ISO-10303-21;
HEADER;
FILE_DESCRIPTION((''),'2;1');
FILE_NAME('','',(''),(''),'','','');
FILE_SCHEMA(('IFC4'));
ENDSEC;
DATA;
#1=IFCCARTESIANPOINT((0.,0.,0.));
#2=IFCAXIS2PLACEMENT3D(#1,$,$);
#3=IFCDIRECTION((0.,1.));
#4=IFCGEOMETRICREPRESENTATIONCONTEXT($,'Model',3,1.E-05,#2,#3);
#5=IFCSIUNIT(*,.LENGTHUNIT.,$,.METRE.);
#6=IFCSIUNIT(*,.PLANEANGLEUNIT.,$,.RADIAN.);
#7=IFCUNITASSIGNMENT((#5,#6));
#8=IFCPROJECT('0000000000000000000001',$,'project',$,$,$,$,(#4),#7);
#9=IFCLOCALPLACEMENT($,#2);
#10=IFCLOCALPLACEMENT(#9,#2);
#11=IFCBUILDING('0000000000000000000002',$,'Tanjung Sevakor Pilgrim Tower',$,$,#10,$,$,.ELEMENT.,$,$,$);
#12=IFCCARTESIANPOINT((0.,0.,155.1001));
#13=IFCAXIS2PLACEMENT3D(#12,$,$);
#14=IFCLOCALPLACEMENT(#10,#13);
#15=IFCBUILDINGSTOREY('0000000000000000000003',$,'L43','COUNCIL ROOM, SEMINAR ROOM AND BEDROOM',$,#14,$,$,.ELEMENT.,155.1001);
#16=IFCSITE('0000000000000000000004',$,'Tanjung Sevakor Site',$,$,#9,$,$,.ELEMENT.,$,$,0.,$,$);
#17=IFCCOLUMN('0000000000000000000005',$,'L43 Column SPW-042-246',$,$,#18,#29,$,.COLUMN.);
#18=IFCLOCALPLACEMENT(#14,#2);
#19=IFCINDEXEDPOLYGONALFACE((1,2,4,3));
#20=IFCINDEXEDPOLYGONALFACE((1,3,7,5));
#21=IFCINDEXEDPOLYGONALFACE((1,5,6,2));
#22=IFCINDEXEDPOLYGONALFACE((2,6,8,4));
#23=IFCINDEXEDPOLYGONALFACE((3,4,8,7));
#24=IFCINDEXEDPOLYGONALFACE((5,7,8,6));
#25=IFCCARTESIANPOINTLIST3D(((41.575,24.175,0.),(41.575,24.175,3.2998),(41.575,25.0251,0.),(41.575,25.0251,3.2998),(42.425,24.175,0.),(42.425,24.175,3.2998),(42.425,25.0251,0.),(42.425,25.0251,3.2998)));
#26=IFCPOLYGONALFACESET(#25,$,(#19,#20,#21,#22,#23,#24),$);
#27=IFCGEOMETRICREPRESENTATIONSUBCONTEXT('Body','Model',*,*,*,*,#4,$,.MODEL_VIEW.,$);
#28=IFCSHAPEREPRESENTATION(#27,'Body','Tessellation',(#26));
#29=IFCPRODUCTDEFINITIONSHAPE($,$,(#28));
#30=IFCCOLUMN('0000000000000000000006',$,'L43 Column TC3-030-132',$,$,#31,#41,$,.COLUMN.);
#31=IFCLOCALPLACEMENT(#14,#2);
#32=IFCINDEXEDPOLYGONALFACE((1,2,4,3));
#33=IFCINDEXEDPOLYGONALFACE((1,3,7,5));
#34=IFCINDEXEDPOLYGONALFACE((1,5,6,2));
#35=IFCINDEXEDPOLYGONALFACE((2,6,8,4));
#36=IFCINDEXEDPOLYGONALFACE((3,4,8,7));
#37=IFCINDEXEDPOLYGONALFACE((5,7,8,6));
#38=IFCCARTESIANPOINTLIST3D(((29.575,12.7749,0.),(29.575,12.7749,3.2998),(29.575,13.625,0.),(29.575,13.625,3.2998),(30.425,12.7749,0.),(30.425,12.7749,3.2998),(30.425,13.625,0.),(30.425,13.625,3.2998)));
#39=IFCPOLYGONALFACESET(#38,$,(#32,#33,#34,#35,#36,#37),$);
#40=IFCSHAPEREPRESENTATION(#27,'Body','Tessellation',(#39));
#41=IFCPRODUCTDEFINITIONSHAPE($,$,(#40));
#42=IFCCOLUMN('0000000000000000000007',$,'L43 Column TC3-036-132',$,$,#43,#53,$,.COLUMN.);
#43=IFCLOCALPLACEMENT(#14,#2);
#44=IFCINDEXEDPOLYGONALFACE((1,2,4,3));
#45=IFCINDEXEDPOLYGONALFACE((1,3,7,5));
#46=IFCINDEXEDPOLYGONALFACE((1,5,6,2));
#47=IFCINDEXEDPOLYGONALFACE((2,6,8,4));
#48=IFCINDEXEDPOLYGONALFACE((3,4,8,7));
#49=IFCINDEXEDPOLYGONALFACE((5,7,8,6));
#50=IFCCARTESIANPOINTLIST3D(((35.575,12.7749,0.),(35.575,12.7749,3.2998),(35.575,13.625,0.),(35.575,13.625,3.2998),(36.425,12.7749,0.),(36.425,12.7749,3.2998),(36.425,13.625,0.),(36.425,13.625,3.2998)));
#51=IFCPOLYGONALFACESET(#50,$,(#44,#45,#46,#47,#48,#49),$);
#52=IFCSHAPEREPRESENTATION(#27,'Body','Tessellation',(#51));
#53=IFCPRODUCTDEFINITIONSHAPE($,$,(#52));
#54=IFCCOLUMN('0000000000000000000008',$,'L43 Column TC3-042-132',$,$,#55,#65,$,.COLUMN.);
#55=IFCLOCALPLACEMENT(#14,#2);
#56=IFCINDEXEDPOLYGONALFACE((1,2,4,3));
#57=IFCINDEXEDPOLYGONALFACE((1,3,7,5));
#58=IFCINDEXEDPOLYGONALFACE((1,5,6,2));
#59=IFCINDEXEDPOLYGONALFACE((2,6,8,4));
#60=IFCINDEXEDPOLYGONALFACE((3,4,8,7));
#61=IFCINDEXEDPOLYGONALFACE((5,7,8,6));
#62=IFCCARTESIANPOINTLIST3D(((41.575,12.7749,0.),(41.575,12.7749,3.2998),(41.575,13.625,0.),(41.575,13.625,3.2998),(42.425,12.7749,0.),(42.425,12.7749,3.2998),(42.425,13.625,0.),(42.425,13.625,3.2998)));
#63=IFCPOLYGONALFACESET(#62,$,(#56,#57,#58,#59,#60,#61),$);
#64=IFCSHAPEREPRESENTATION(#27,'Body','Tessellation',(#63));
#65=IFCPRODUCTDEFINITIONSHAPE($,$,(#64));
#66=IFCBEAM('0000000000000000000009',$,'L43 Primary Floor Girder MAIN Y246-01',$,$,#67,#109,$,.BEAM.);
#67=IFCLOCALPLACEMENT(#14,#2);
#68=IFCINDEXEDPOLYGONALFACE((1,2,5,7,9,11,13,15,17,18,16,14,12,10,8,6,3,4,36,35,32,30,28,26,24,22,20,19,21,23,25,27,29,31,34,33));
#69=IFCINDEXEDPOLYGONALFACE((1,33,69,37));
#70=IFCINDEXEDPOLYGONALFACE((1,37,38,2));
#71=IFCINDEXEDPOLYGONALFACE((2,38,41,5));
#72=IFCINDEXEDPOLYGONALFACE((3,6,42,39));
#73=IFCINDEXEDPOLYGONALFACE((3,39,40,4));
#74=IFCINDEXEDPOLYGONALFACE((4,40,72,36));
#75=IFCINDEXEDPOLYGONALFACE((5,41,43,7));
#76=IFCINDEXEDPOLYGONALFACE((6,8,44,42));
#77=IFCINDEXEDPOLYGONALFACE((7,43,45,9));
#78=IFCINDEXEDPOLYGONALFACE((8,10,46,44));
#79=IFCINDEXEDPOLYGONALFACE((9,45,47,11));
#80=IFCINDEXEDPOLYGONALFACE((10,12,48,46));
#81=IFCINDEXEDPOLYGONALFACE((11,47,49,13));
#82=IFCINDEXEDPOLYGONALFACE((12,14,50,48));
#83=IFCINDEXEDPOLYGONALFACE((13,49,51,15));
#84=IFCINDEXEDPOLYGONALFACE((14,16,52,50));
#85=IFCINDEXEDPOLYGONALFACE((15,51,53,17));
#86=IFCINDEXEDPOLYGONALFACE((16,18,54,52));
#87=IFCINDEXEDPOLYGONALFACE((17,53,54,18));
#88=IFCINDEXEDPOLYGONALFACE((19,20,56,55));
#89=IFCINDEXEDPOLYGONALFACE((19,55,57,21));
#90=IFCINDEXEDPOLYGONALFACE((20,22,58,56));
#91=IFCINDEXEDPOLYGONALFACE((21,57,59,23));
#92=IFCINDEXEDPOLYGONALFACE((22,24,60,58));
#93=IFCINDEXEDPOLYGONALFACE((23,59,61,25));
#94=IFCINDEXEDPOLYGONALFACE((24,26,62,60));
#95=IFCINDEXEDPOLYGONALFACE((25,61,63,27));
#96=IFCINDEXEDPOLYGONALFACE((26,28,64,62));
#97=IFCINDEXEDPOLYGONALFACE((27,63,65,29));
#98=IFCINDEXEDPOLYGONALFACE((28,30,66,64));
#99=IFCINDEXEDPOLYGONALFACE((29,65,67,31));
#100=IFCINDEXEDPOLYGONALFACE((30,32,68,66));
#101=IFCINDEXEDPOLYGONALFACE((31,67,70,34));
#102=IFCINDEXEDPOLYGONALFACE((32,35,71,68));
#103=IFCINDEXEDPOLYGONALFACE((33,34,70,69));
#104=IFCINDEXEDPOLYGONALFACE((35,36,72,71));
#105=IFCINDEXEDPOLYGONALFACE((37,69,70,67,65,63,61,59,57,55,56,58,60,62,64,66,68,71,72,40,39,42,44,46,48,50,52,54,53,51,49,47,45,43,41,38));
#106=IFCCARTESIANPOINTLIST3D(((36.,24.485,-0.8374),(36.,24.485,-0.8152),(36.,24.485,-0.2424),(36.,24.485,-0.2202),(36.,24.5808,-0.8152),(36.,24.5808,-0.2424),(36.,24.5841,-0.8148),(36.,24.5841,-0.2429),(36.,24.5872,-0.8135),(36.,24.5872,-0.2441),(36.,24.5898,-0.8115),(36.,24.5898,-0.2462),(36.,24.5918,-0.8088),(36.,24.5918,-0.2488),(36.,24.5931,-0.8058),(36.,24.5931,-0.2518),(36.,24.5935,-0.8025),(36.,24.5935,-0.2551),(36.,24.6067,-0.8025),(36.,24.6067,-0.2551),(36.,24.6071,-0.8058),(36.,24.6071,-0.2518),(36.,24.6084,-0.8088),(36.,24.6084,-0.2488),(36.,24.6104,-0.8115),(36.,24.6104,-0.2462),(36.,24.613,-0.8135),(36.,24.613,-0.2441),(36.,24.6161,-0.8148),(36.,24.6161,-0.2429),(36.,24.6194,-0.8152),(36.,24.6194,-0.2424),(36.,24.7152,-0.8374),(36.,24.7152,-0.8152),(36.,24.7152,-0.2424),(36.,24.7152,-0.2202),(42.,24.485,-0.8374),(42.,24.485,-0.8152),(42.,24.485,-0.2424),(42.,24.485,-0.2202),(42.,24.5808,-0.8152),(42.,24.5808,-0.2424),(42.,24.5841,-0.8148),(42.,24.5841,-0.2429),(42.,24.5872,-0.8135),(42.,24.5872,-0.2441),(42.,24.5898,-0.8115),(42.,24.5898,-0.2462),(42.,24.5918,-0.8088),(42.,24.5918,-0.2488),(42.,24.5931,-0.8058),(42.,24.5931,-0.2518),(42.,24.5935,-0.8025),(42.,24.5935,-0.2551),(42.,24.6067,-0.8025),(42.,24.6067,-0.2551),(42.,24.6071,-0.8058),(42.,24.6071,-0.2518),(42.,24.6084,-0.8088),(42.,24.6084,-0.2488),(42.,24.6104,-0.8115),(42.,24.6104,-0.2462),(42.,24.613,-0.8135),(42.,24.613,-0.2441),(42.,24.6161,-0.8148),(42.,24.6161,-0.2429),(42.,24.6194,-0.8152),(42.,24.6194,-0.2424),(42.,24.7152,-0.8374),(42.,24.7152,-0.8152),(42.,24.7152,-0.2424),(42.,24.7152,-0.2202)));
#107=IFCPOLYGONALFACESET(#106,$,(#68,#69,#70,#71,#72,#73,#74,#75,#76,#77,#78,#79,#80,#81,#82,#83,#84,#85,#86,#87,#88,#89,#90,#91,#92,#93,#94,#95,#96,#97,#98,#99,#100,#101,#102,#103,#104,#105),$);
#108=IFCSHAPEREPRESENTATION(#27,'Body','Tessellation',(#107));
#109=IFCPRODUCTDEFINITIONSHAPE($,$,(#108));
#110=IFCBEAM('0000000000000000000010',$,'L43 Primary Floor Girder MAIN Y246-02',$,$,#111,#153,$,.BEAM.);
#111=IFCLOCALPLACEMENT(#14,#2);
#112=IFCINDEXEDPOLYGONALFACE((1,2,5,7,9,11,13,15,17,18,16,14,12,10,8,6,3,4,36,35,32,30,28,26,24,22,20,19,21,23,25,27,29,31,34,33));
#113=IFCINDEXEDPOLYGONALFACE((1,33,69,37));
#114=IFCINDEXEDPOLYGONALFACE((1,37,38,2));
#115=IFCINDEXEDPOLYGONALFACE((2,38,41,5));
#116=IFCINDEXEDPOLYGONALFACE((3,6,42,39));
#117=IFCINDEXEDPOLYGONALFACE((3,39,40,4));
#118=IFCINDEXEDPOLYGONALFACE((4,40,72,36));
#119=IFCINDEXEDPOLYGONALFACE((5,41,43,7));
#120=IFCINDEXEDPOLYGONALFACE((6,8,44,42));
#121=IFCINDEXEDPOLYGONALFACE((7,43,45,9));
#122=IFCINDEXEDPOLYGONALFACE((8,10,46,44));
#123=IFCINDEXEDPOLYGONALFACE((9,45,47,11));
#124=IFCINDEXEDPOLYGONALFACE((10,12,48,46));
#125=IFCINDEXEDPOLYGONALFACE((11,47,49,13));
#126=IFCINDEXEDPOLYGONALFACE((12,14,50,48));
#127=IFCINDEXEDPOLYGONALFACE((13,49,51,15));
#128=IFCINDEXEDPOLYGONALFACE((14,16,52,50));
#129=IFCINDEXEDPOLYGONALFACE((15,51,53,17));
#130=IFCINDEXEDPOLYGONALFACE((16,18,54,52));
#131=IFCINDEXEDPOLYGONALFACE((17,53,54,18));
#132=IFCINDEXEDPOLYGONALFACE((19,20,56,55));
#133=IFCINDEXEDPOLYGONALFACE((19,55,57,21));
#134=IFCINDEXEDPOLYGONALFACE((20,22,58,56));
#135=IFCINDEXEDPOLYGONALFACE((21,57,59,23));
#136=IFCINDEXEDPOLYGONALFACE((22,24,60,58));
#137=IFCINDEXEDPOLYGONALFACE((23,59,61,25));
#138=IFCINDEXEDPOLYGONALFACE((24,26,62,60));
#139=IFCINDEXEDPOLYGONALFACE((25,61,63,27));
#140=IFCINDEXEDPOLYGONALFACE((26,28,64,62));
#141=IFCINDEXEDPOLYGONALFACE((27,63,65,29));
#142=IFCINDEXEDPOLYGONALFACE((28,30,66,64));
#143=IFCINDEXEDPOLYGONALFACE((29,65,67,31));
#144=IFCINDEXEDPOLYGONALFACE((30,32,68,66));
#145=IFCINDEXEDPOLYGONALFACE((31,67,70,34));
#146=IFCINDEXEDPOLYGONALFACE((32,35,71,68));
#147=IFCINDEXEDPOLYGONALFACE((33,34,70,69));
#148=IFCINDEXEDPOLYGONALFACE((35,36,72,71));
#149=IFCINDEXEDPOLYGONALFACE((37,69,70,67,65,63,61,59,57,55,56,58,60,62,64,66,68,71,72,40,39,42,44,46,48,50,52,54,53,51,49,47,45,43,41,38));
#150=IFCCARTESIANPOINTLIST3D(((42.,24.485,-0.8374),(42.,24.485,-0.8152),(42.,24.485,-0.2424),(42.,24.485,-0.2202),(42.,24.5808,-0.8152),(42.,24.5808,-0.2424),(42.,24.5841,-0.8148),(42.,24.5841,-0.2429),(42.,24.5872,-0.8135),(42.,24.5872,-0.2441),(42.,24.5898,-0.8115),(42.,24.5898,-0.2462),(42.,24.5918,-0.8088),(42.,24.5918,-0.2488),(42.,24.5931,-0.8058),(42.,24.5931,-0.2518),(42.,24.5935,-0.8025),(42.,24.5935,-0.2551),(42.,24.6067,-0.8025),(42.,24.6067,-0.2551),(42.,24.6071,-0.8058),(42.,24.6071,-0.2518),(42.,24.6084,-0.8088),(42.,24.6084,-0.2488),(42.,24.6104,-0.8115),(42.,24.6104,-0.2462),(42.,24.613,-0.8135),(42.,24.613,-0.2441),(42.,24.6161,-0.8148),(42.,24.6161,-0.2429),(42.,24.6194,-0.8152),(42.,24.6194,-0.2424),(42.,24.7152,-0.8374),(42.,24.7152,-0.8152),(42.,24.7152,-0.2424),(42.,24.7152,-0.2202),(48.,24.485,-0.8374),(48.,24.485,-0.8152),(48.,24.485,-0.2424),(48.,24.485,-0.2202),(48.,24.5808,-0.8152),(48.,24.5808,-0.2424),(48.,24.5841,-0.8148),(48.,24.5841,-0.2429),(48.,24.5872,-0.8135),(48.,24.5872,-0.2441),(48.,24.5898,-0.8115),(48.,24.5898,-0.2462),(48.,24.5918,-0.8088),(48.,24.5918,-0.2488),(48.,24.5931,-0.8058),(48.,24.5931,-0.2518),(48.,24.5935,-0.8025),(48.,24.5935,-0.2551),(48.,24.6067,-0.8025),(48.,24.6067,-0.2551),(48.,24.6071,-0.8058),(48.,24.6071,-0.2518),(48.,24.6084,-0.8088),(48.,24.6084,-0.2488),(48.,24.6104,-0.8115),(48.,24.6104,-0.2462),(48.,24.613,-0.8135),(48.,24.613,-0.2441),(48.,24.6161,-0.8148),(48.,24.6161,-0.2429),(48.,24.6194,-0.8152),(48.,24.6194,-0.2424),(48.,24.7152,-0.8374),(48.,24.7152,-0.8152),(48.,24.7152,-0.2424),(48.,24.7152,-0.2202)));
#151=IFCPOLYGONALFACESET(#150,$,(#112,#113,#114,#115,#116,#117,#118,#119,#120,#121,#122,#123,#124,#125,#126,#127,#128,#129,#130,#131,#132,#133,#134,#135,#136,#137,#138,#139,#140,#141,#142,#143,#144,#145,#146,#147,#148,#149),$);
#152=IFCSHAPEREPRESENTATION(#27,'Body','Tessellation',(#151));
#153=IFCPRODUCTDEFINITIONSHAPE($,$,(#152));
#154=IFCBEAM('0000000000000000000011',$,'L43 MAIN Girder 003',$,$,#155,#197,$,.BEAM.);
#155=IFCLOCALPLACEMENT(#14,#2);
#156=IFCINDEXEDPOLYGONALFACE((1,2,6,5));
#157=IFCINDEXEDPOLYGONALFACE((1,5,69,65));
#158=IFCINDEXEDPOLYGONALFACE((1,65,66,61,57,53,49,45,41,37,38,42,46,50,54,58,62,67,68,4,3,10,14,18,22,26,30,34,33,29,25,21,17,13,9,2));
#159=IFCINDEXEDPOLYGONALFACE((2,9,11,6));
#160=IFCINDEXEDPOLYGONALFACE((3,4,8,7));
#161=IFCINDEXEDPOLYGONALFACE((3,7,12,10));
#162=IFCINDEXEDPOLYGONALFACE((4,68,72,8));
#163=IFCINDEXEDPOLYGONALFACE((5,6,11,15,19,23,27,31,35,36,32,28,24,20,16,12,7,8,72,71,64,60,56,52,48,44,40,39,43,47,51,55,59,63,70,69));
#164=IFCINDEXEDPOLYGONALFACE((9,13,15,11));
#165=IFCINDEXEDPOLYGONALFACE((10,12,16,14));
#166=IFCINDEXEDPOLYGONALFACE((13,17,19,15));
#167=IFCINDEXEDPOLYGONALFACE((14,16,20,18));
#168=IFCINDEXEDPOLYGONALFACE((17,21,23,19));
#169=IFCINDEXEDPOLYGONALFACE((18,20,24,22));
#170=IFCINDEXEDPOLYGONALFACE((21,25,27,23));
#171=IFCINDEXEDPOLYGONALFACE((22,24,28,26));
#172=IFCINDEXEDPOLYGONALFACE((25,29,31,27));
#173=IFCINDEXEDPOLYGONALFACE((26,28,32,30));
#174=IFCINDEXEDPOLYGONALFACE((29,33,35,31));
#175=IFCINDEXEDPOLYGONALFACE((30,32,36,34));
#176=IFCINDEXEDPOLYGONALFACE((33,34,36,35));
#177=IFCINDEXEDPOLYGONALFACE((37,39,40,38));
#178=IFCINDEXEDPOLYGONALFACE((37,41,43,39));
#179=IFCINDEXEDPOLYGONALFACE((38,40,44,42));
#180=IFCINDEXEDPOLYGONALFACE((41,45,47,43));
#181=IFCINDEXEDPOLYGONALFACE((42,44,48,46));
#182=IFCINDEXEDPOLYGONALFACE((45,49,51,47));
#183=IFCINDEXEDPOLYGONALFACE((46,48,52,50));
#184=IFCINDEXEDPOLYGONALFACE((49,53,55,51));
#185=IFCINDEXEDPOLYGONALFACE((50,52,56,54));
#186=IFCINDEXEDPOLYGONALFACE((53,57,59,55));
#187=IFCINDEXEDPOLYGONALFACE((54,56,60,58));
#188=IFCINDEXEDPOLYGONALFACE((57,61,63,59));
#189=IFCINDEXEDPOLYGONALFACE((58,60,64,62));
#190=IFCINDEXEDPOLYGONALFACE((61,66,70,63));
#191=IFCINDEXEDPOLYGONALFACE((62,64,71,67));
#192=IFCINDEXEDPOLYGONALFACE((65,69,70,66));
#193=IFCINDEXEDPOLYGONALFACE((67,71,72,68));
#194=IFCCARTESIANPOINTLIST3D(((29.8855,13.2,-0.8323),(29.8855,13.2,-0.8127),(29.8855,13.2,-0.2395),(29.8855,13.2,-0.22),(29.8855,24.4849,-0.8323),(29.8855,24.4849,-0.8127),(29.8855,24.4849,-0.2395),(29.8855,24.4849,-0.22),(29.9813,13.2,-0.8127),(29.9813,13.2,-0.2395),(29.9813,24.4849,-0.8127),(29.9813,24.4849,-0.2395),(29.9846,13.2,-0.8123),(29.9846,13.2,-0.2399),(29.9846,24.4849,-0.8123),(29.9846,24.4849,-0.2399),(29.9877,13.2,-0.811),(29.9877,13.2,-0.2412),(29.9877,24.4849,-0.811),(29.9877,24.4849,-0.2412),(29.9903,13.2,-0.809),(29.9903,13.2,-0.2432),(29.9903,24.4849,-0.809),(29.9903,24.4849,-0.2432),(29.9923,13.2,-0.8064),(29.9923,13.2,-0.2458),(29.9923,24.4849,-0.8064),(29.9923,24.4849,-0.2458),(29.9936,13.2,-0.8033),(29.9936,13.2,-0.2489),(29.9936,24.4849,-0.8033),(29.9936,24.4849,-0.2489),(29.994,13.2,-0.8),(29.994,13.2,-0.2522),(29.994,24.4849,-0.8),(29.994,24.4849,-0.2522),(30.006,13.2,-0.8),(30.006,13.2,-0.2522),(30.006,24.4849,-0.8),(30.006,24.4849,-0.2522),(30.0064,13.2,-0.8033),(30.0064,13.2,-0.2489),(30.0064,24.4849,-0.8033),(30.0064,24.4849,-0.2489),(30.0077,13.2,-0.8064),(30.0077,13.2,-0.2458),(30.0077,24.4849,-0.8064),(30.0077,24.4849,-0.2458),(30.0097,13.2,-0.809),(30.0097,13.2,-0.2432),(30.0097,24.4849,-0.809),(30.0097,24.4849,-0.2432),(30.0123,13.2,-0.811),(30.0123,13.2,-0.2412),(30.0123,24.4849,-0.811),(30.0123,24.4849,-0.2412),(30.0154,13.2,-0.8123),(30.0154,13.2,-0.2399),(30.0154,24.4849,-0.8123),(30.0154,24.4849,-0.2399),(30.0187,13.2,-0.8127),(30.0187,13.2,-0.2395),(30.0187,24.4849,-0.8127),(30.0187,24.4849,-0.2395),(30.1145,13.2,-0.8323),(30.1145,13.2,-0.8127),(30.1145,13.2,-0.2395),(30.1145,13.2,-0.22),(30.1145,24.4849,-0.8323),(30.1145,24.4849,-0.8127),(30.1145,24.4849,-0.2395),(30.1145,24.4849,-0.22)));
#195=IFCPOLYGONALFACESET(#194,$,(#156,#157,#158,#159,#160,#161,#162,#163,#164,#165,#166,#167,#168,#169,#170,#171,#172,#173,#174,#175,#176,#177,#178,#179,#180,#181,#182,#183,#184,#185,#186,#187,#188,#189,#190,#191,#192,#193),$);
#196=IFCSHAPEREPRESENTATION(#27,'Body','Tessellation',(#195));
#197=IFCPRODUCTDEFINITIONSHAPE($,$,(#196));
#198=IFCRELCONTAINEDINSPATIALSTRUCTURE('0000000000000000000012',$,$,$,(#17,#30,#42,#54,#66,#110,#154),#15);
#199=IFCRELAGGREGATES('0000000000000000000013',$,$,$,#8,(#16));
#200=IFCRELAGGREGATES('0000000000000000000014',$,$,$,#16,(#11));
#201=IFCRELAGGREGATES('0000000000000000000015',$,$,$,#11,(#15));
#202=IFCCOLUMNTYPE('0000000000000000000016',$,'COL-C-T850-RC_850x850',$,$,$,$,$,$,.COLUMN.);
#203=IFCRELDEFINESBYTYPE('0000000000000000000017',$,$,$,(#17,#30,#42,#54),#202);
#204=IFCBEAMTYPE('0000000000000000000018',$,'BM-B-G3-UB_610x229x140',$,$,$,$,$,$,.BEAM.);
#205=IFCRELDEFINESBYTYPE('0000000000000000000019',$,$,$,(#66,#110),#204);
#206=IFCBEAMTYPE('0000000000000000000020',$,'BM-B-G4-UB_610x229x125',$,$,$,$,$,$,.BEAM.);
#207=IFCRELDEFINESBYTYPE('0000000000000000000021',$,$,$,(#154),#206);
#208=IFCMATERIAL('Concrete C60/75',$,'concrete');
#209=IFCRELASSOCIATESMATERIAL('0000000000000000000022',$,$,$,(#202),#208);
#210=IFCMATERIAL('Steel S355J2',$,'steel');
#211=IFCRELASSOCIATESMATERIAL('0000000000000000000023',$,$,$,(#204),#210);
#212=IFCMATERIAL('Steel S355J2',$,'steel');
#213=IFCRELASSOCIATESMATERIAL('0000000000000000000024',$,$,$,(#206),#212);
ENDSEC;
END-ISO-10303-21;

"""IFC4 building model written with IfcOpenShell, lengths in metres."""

from ifc_helpers import new_model, si_unit, direction, frame, origin, origin_2d, place, context, subcontext, project, spatial, rectangle, i_section, extrude, material, material_profile, profile_set, type_object, element, save


model = new_model("IFC4")

# Units and contexts
model_context = context("Model", 3, precision=1e-05, world=origin(), true_north=direction((0.0, 1.0)))
body_context = subcontext(model_context, "Body", "Model", "MODEL_VIEW")
ifc_project = project(units=[si_unit("LENGTHUNIT", "METRE"), si_unit("PLANEANGLEUNIT", "RADIAN")], contexts=[model_context])

# Site, building, storey
site_placement = place(None, origin())
site = spatial("IfcSite", under=ifc_project, at=site_placement, Name="Tanjung Sevakor Site", CompositionType="ELEMENT", RefElevation=0.0)
building_placement = place(site_placement, origin())
building = spatial("IfcBuilding", under=site, at=building_placement, Name="Tanjung Sevakor Pilgrim Tower", CompositionType="ELEMENT")
storey_placement = place(building_placement, frame((0.0, 0.0, 155.1001)))
storey = spatial("IfcBuildingStorey", under=building, at=storey_placement, Name="L43", Description="COUNCIL ROOM, SEMINAR ROOM AND BEDROOM", CompositionType="ELEMENT", Elevation=155.1001)

# Columns
ifc_material_1 = material(Name="Concrete C60/75", Category="concrete")
ifc_material_profile_1 = material_profile(ifc_material_1, rectangle(XDim=0.8501, YDim=0.8501, at=origin_2d()))
ifc_profile_set_1 = profile_set([ifc_material_profile_1], Name="Concrete C60/75")
column_type = type_object("IfcColumnType", Name="COL-C-T850-RC_850x850", PredefinedType="COLUMN", material=ifc_profile_set_1)
for number, where, z_axis, x_axis, name in (
    (1, (42.0, 24.6001, 0.0), (0.0, 0.0, 1.0), (1.0, 0.0, 0.0), "L43 Column SPW-042-246"),
    (2, (30.0, 13.2, 0.0), (0.0, 0.0, 1.0), (1.0, 0.0, 0.0), "L43 Column TC3-030-132"),
    (3, (36.0, 13.2, 0.0), (0.0, 0.0, 1.0), (1.0, 0.0, 0.0), "L43 Column TC3-036-132"),
    (4, (42.0, 13.2, 0.0), (0.0, 0.0, 1.0), (1.0, 0.0, 0.0), "L43 Column TC3-042-132"),
):
    element("IfcColumn", number, at=place(storey_placement, frame(where, z_axis=z_axis, x_axis=x_axis)), inside=storey, type_object=column_type, Name=name, PredefinedType="COLUMN", context=body_context, shape_type="SweptSolid", body=[
        extrude(rectangle(XDim=0.8501, YDim=0.8501, at=origin_2d()), origin(), (0.0, 0.0, 1.0), 3.2998),
    ])

# Beams
ifc_material_2 = material(Name="Steel S355J2", Category="steel")
ifc_material_profile_2 = material_profile(ifc_material_2, i_section(OverallWidth=0.2302, OverallDepth=0.6172, WebThickness=0.0132, FlangeThickness=0.0222, FilletRadius=0.0127, at=origin_2d()))
ifc_profile_set_2 = profile_set([ifc_material_profile_2], Name="Steel S355J2")
beam_type_1 = type_object("IfcBeamType", Name="BM-B-G3-UB_610x229x140", PredefinedType="BEAM", material=ifc_profile_set_2)
for number, where, z_axis, x_axis, name in (
    (5, (36.0, 24.6001, -0.5288), (1.0, 0.0, 0.0), (0.0, 1.0, 0.0), "L43 Primary Floor Girder MAIN Y246-01"),
    (6, (42.0, 24.6001, -0.5288), (1.0, 0.0, 0.0), (0.0, 1.0, 0.0), "L43 Primary Floor Girder MAIN Y246-02"),
):
    element("IfcBeam", number, at=place(storey_placement, frame(where, z_axis=z_axis, x_axis=x_axis)), inside=storey, type_object=beam_type_1, Name=name, PredefinedType="BEAM", context=body_context, shape_type="SweptSolid", body=[
        extrude(i_section(OverallWidth=0.2302, OverallDepth=0.6172, WebThickness=0.0132, FlangeThickness=0.0222, FilletRadius=0.0127, at=origin_2d()), origin(), (0.0, 0.0, 1.0), 6.0),
    ])
ifc_material_3 = material(Name="Steel S355J2", Category="steel")
ifc_material_profile_3 = material_profile(ifc_material_3, i_section(OverallWidth=0.229, OverallDepth=0.6123, WebThickness=0.012, FlangeThickness=0.0195, FilletRadius=0.0127, at=origin_2d()))
ifc_profile_set_3 = profile_set([ifc_material_profile_3], Name="Steel S355J2")
beam_type_2 = type_object("IfcBeamType", Name="BM-B-G4-UB_610x229x125", PredefinedType="BEAM", material=ifc_profile_set_3)
beam_1_placement = place(storey_placement, frame((30.0, 13.2, -0.5261), z_axis=(0.0, 1.0, 0.0), x_axis=(-1.0, 0.0, 0.0)))
element("IfcBeam", 7, at=beam_1_placement, inside=storey, type_object=beam_type_2, Name="L43 MAIN Girder 003", PredefinedType="BEAM", context=body_context, shape_type="SweptSolid", body=[
    extrude(i_section(OverallWidth=0.229, OverallDepth=0.6123, WebThickness=0.012, FlangeThickness=0.0195, FilletRadius=0.0127, at=origin_2d()), origin(), (0.0, 0.0, 1.0), 11.2849),
])

save(model, "model.ifc")
